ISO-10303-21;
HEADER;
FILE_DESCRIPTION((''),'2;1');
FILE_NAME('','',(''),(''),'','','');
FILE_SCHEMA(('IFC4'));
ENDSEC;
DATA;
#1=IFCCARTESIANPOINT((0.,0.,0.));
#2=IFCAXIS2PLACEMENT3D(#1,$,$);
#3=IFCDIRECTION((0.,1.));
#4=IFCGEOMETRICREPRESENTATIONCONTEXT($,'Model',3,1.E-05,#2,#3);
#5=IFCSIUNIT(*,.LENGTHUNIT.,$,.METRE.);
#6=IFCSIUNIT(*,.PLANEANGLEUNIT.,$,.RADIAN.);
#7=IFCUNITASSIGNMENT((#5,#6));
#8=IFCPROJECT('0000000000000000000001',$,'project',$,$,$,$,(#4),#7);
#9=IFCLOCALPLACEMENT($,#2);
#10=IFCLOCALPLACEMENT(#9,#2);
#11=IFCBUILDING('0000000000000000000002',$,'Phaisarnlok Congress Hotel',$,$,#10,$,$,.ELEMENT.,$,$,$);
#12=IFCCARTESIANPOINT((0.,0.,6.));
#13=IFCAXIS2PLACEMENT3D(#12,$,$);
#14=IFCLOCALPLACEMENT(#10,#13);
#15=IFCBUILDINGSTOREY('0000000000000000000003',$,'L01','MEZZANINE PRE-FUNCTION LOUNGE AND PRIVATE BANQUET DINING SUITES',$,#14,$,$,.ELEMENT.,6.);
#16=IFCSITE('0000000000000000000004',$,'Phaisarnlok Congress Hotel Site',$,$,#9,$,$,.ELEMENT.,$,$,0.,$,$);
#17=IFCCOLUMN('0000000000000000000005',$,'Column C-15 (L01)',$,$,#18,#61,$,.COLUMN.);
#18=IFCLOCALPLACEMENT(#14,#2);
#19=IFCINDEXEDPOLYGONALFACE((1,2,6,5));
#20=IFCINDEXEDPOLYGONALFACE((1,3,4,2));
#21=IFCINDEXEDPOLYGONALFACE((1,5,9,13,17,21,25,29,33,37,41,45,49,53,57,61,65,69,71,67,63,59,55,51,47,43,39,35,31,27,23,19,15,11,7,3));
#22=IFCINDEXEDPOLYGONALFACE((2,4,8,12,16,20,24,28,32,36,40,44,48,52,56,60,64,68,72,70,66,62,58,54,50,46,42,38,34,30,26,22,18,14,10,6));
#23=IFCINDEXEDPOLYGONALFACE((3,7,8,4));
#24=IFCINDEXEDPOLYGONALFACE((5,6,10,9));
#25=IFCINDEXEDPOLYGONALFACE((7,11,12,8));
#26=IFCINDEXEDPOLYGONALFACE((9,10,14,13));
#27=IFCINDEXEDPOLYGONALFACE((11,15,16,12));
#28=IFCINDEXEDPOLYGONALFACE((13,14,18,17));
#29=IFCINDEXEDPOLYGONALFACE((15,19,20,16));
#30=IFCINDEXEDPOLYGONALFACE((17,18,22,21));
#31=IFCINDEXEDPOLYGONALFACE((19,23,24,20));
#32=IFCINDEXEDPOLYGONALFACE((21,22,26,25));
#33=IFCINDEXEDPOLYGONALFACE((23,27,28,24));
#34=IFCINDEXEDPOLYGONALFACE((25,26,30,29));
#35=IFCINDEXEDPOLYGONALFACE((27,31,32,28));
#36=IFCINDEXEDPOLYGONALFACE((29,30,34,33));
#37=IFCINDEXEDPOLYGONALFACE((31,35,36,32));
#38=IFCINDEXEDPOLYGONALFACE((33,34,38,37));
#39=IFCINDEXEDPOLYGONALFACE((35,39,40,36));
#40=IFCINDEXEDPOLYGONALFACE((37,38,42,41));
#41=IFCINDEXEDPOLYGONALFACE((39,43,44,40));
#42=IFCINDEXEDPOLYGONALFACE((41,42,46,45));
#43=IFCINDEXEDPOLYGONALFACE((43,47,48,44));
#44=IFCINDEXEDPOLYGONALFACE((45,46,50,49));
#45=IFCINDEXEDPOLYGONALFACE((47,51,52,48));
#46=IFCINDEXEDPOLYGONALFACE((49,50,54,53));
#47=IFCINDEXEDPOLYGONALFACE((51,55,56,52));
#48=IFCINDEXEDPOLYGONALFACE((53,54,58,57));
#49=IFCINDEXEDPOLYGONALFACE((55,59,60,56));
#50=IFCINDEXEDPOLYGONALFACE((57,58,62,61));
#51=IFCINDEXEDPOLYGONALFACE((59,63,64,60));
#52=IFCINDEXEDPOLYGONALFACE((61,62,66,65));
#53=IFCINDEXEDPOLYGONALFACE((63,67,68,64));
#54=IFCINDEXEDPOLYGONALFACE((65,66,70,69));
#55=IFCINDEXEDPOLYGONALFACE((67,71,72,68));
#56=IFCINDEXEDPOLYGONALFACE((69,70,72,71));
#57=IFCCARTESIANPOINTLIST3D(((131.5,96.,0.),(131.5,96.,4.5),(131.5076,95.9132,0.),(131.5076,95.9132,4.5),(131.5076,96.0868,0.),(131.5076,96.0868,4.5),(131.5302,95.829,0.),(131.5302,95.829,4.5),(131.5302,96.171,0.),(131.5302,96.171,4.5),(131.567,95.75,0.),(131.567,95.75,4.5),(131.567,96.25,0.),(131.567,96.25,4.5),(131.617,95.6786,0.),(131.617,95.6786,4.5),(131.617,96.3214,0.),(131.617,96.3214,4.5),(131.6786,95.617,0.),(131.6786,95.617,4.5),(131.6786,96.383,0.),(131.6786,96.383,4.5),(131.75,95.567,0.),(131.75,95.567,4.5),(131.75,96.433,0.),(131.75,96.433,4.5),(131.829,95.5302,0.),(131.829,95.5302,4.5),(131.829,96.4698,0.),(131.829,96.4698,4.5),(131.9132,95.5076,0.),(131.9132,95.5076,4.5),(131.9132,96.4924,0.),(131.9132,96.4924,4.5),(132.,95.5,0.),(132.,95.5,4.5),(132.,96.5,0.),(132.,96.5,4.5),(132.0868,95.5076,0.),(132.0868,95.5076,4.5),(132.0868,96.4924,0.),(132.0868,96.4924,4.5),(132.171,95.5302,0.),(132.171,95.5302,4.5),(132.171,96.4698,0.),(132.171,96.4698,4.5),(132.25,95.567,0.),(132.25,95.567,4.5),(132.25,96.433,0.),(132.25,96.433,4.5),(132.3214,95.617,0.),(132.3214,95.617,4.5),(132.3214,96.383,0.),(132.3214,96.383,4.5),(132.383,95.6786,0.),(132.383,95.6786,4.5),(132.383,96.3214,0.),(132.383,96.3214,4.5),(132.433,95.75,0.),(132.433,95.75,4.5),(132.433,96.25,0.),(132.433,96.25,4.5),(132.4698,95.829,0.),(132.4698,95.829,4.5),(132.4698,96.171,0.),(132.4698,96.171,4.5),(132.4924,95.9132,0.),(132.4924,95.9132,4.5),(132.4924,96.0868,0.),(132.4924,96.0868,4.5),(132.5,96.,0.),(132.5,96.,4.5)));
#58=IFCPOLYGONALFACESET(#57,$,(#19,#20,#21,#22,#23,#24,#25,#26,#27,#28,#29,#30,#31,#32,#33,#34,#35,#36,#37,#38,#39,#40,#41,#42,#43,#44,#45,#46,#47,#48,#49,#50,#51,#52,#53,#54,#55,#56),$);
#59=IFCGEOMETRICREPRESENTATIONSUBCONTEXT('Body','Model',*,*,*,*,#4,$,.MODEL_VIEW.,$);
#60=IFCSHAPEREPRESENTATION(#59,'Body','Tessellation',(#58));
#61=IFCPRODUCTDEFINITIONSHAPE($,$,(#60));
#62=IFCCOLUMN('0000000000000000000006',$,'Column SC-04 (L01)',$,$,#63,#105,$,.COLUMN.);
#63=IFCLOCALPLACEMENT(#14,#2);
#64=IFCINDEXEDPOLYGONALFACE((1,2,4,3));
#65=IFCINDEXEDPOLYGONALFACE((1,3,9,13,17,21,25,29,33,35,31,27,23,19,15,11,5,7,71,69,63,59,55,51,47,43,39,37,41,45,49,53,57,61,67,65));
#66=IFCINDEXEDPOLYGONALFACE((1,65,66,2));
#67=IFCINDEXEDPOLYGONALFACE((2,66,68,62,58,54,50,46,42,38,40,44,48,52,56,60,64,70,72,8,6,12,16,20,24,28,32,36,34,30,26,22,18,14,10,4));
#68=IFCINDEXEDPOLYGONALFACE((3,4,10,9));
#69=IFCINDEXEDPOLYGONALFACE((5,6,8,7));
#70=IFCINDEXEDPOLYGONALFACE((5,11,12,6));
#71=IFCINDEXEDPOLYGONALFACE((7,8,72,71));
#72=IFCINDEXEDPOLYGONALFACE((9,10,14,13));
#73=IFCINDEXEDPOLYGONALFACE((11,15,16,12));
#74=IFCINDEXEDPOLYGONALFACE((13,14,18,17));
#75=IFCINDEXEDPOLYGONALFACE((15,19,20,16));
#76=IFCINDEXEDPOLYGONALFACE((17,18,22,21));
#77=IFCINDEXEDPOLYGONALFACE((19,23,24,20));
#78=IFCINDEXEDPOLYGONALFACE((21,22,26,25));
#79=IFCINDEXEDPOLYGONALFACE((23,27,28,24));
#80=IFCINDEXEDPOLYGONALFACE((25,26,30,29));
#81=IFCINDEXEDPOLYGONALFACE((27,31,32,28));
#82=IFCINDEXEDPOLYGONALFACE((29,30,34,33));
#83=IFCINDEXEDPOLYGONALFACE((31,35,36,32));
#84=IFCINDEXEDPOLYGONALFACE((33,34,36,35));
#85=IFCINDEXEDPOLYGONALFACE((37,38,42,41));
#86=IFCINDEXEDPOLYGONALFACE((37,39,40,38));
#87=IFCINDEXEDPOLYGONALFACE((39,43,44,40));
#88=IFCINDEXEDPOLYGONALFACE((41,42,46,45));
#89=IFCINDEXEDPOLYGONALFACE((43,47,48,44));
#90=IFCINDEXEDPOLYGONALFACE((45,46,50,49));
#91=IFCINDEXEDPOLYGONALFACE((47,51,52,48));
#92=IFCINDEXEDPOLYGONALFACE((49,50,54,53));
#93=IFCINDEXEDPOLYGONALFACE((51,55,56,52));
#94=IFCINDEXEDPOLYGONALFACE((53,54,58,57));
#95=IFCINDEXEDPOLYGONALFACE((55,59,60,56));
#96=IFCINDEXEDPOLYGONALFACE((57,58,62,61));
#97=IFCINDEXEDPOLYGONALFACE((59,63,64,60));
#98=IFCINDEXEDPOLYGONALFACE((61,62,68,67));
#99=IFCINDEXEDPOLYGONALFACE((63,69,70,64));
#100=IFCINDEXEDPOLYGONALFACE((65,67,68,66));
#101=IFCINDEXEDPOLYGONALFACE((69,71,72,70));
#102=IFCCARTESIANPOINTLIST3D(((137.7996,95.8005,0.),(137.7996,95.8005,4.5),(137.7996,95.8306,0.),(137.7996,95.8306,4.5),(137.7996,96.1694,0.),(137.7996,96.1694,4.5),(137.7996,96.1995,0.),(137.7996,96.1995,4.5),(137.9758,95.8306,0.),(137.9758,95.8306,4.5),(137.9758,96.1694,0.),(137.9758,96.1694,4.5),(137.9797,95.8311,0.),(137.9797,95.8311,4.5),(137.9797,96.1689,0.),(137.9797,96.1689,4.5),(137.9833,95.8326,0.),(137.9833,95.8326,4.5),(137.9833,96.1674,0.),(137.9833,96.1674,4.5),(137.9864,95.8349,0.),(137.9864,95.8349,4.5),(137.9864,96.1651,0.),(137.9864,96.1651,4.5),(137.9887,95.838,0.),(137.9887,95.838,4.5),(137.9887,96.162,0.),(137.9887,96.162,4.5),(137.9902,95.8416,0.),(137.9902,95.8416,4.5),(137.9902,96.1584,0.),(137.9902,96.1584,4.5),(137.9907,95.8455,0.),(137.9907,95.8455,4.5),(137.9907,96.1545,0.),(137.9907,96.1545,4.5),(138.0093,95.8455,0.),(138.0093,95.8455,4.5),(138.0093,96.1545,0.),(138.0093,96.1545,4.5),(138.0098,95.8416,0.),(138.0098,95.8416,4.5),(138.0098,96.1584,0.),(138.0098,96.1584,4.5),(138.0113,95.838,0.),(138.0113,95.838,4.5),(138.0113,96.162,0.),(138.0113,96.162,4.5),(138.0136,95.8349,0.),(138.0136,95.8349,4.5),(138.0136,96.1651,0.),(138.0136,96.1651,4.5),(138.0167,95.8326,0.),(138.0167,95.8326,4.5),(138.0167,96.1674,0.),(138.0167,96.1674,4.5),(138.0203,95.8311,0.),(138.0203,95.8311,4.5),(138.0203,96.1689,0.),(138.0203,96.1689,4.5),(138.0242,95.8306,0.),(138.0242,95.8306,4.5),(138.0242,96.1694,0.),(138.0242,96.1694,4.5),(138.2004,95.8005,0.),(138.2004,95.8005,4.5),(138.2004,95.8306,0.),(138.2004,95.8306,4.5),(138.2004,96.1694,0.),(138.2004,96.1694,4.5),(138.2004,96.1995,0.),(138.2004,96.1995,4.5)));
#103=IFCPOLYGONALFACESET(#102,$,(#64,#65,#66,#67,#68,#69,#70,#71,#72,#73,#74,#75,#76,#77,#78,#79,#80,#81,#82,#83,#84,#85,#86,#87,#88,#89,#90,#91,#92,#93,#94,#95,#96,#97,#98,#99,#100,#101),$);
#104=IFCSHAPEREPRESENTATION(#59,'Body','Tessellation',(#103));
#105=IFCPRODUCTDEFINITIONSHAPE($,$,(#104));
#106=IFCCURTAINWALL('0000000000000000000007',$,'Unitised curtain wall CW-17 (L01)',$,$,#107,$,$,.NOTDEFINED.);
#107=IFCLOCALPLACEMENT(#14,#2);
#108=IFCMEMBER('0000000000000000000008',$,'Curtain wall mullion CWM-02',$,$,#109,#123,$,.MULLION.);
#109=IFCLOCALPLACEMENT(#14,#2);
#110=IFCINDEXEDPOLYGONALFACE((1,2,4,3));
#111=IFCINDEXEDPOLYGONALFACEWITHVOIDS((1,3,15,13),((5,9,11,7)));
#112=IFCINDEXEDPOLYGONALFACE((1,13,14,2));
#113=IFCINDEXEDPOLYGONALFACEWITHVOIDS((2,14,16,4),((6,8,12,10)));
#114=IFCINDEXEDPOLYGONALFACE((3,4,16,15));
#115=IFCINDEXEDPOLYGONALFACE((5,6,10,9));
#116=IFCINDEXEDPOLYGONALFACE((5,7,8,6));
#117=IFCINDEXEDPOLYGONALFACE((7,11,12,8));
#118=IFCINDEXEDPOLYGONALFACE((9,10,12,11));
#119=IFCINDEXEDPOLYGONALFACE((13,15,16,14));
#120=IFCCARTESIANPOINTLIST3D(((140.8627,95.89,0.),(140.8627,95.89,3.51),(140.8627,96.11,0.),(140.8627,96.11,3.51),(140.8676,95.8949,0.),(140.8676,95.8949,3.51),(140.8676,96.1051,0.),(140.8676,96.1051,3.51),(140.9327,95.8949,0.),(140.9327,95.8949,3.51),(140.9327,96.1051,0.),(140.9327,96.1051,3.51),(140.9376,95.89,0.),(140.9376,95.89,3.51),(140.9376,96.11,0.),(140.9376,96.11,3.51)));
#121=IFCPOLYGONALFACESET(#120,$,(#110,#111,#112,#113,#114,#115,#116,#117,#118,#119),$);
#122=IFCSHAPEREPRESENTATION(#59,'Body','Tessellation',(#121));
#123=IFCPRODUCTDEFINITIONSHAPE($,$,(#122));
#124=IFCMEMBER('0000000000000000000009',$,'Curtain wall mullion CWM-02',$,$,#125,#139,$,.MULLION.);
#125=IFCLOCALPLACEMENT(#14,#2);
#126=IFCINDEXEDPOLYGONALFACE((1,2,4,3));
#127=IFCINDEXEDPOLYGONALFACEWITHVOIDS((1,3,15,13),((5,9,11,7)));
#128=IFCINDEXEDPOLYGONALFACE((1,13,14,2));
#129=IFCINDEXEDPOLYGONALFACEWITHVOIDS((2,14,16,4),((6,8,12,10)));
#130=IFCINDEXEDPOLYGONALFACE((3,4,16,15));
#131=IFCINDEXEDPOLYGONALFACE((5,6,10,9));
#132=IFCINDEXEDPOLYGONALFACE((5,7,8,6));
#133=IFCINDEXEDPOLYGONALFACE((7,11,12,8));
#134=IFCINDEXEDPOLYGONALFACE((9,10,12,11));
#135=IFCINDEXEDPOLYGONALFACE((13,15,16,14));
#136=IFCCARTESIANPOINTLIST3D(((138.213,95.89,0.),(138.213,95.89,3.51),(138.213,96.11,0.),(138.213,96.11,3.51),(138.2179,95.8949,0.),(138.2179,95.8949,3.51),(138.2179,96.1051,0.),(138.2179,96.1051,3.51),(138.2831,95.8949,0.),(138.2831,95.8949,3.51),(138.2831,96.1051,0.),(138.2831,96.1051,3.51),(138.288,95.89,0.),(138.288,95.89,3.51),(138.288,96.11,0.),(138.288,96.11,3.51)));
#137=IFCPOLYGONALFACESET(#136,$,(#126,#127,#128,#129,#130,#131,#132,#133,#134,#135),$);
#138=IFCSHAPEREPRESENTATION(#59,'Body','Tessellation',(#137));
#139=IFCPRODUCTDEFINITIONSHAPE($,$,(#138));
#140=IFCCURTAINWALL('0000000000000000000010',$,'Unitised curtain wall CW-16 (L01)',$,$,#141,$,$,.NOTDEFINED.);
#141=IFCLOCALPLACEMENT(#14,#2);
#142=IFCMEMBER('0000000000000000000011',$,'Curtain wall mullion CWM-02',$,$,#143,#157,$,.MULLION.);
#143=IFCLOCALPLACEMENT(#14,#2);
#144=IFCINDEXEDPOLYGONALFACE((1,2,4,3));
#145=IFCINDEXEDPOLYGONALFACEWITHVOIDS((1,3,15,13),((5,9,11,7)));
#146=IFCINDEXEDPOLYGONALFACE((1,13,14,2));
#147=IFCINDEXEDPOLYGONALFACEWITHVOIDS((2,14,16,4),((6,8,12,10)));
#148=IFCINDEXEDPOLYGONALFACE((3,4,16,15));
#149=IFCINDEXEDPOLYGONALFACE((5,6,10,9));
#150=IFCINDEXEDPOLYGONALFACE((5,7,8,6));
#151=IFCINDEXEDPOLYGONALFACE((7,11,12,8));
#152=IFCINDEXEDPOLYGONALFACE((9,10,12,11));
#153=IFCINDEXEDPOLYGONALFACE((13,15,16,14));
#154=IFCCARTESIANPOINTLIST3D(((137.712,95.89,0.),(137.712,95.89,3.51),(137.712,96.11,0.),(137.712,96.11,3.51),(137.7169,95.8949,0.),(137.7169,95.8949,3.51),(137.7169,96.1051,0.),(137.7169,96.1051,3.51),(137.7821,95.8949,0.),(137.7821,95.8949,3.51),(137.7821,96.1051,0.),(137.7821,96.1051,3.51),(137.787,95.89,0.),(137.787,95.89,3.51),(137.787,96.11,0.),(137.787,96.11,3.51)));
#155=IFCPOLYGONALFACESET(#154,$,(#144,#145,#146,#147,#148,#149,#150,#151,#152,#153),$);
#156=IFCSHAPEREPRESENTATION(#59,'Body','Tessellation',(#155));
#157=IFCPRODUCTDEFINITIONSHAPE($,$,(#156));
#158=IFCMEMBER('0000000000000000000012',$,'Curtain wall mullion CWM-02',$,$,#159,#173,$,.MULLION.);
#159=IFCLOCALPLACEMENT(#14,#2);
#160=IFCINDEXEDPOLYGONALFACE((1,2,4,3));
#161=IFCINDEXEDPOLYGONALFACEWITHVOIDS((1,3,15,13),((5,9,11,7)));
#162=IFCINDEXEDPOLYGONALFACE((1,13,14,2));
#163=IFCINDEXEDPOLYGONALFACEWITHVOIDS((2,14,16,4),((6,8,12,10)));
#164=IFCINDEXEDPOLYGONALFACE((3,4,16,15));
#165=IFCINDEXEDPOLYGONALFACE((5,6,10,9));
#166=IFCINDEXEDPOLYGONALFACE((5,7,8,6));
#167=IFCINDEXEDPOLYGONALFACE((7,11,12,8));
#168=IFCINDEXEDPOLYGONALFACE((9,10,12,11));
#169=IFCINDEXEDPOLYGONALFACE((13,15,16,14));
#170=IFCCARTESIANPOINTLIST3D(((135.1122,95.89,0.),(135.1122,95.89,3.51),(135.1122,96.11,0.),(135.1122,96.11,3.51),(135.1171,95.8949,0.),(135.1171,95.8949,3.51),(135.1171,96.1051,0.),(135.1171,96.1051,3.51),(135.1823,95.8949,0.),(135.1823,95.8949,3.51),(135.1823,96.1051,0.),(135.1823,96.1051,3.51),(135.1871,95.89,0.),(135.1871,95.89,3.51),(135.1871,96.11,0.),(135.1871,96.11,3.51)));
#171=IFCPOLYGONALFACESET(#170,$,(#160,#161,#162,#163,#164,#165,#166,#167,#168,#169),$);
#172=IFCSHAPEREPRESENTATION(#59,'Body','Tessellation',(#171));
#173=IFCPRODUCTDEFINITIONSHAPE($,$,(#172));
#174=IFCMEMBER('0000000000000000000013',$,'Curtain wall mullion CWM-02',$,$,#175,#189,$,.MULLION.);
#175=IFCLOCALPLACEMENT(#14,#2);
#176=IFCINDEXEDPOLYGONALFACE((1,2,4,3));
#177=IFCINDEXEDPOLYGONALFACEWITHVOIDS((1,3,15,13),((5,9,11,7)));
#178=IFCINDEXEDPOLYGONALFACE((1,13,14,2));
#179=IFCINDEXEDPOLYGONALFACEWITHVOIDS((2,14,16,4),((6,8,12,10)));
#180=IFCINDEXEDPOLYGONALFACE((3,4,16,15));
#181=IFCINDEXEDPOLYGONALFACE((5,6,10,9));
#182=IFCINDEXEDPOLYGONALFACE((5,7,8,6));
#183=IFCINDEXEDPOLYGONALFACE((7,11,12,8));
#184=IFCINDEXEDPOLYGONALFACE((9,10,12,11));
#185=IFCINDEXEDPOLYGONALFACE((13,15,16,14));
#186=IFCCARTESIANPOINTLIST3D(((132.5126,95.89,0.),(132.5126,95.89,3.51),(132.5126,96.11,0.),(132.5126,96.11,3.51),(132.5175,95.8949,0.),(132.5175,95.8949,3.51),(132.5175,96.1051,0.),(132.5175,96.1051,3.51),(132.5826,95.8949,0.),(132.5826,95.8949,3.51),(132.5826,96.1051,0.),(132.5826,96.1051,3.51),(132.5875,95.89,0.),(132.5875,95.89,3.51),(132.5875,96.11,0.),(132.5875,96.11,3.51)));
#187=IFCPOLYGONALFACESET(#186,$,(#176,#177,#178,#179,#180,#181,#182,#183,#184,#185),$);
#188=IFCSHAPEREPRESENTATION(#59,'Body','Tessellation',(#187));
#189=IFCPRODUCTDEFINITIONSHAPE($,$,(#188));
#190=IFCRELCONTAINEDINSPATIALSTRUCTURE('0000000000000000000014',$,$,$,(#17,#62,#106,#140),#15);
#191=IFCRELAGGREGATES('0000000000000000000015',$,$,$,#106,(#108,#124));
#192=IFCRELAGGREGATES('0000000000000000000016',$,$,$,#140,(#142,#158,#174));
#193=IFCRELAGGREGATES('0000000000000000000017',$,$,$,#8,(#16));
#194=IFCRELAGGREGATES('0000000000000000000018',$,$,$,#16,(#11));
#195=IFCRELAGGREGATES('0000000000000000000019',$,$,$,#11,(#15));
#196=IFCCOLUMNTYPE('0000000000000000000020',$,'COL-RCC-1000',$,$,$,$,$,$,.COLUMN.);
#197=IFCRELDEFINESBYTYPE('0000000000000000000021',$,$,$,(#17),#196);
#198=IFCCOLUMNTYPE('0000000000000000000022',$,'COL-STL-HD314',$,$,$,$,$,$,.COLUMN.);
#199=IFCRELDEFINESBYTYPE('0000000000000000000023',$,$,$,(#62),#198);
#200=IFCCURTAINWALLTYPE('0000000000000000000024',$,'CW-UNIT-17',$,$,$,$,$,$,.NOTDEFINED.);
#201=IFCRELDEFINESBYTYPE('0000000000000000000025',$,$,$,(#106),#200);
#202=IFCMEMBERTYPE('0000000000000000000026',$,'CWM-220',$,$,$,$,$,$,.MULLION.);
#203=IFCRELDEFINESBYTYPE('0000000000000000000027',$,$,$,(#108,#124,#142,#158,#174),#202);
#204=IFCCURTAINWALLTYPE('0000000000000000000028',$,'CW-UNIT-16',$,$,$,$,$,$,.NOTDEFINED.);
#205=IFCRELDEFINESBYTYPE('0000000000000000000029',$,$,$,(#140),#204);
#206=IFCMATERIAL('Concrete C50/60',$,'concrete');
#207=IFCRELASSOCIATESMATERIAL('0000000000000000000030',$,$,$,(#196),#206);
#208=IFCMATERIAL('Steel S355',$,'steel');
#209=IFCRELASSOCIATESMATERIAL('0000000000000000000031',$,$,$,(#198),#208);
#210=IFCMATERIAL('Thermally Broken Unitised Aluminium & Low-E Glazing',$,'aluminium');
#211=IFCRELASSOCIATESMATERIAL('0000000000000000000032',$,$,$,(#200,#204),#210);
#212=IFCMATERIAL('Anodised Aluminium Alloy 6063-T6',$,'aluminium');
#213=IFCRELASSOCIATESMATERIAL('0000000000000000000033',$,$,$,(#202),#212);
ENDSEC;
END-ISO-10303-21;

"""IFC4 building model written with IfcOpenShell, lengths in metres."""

from ifc_helpers import new_model, si_unit, direction, frame, origin, origin_2d, place, context, subcontext, project, spatial, hollow_rectangle, circle, i_section, extrude, material, material_profile, profile_set, type_object, element, aggregate, save


model = new_model("IFC4")

# Units and contexts
model_context = context("Model", 3, precision=1e-05, world=origin(), true_north=direction((0.0, 1.0)))
body_context = subcontext(model_context, "Body", "Model", "MODEL_VIEW")
ifc_project = project(units=[si_unit("LENGTHUNIT", "METRE"), si_unit("PLANEANGLEUNIT", "RADIAN")], contexts=[model_context])

# Site, building, storey
site_placement = place(None, origin())
site = spatial("IfcSite", under=ifc_project, at=site_placement, Name="Phaisarnlok Congress Hotel Site", CompositionType="ELEMENT", RefElevation=0.0)
building_placement = place(site_placement, origin())
building = spatial("IfcBuilding", under=site, at=building_placement, Name="Phaisarnlok Congress Hotel", CompositionType="ELEMENT")
storey_placement = place(building_placement, frame((0.0, 0.0, 6.0)))
storey = spatial("IfcBuildingStorey", under=building, at=storey_placement, Name="L01", Description="MEZZANINE PRE-FUNCTION LOUNGE AND PRIVATE BANQUET DINING SUITES", CompositionType="ELEMENT", Elevation=6.0)

# Columns
ifc_material_1 = material(Name="Concrete C50/60", Category="concrete")
ifc_material_profile_1 = material_profile(ifc_material_1, circle(Radius=0.5, at=origin_2d()), Name="RCC D1000")
ifc_profile_set_1 = profile_set([ifc_material_profile_1], Name="Concrete C50/60")
column_type_1 = type_object("IfcColumnType", Name="COL-RCC-1000", PredefinedType="COLUMN", material=ifc_profile_set_1)
column_1_placement = place(storey_placement, frame((132.0, 96.0, 0.0), z_axis=(0.0, 0.0, 1.0), x_axis=(1.0, 0.0, 0.0)))
element("IfcColumn", 1, at=column_1_placement, inside=storey, type_object=column_type_1, Name="Column C-15 (L01)", PredefinedType="COLUMN", context=body_context, shape_type="SweptSolid", body=[
    extrude(circle(Radius=0.5, at=origin_2d()), origin(), (0.0, 0.0, 1.0), 4.5),
])
ifc_material_2 = material(Name="Steel S355", Category="steel")
ifc_material_profile_2 = material_profile(ifc_material_2, i_section(OverallWidth=0.4009, OverallDepth=0.3989, WebThickness=0.0186, FlangeThickness=0.03, FilletRadius=0.0149, at=origin_2d()), Name="HD 400x314")
ifc_profile_set_2 = profile_set([ifc_material_profile_2], Name="Steel S355")
column_type_2 = type_object("IfcColumnType", Name="COL-STL-HD314", PredefinedType="COLUMN", material=ifc_profile_set_2)
column_2_placement = place(storey_placement, frame((138.0, 96.0, 0.0), z_axis=(0.0, 0.0, 1.0), x_axis=(1.0, 0.0, 0.0)))
element("IfcColumn", 2, at=column_2_placement, inside=storey, type_object=column_type_2, Name="Column SC-04 (L01)", PredefinedType="COLUMN", context=body_context, shape_type="SweptSolid", body=[
    extrude(i_section(OverallWidth=0.4009, OverallDepth=0.3989, WebThickness=0.0186, FlangeThickness=0.03, FilletRadius=0.0149, at=origin_2d()), origin(), (0.0, 0.0, 1.0), 4.5),
])

# Curtain walls, members
ifc_material_3 = material(Name="Thermally Broken Unitised Aluminium & Low-E Glazing", Category="aluminium")
curtain_wall_type_1 = type_object("IfcCurtainWallType", Name="CW-UNIT-17", PredefinedType="NOTDEFINED", material=ifc_material_3)
curtain_wall_1_placement = place(storey_placement, origin())
curtain_wall_1 = element("IfcCurtainWall", 3, at=curtain_wall_1_placement, inside=storey, type_object=curtain_wall_type_1, Name="Unitised curtain wall CW-17 (L01)", PredefinedType="NOTDEFINED")
ifc_material_4 = material(Name="Anodised Aluminium Alloy 6063-T6", Category="aluminium")
ifc_material_profile_3 = material_profile(ifc_material_4, hollow_rectangle(XDim=0.075, YDim=0.22, WallThickness=0.0049, at=origin_2d()), Name="ALU-M 75x220x5")
ifc_profile_set_3 = profile_set([ifc_material_profile_3], Name="Anodised Aluminium Alloy 6063-T6")
member_type_1 = type_object("IfcMemberType", Name="CWM-220", PredefinedType="MULLION", material=ifc_profile_set_3)
member_1_placement = place(storey_placement, frame((140.9001, 96.0, 0.0), z_axis=(0.0, 0.0, 1.0), x_axis=(-1.0, 0.0, 0.0)))
member_1 = element("IfcMember", 4, at=member_1_placement, type_object=member_type_1, Name="Curtain wall mullion CWM-02", PredefinedType="MULLION", context=body_context, shape_type="SweptSolid", body=[
    extrude(hollow_rectangle(XDim=0.075, YDim=0.22, WallThickness=0.0049, at=origin_2d()), origin(), (0.0, 0.0, 1.0), 3.51),
])
member_2_placement = place(storey_placement, frame((138.2505, 96.0, 0.0), z_axis=(0.0, 0.0, 1.0), x_axis=(-1.0, 0.0, 0.0)))
member_2 = element("IfcMember", 5, at=member_2_placement, type_object=member_type_1, Name="Curtain wall mullion CWM-02", PredefinedType="MULLION", context=body_context, shape_type="SweptSolid", body=[
    extrude(hollow_rectangle(XDim=0.075, YDim=0.22, WallThickness=0.0049, at=origin_2d()), origin(), (0.0, 0.0, 1.0), 3.51),
])
curtain_wall_type_2 = type_object("IfcCurtainWallType", Name="CW-UNIT-16", PredefinedType="NOTDEFINED", material=ifc_material_3)
curtain_wall_2_placement = place(storey_placement, origin())
curtain_wall_2 = element("IfcCurtainWall", 6, at=curtain_wall_2_placement, inside=storey, type_object=curtain_wall_type_2, Name="Unitised curtain wall CW-16 (L01)", PredefinedType="NOTDEFINED")
member_3_placement = place(storey_placement, frame((137.7495, 96.0, 0.0), z_axis=(0.0, 0.0, 1.0), x_axis=(-1.0, 0.0, 0.0)))
member_3 = element("IfcMember", 7, at=member_3_placement, type_object=member_type_1, Name="Curtain wall mullion CWM-02", PredefinedType="MULLION", context=body_context, shape_type="SweptSolid", body=[
    extrude(hollow_rectangle(XDim=0.075, YDim=0.22, WallThickness=0.0049, at=origin_2d()), origin(), (0.0, 0.0, 1.0), 3.51),
])
member_4_placement = place(storey_placement, frame((135.1497, 96.0, 0.0), z_axis=(0.0, 0.0, 1.0), x_axis=(-1.0, 0.0, 0.0)))
member_4 = element("IfcMember", 8, at=member_4_placement, type_object=member_type_1, Name="Curtain wall mullion CWM-02", PredefinedType="MULLION", context=body_context, shape_type="SweptSolid", body=[
    extrude(hollow_rectangle(XDim=0.075, YDim=0.22, WallThickness=0.0049, at=origin_2d()), origin(), (0.0, 0.0, 1.0), 3.51),
])
member_5_placement = place(storey_placement, frame((132.55, 96.0, 0.0), z_axis=(0.0, 0.0, 1.0), x_axis=(-1.0, 0.0, 0.0)))
member_5 = element("IfcMember", 9, at=member_5_placement, type_object=member_type_1, Name="Curtain wall mullion CWM-02", PredefinedType="MULLION", context=body_context, shape_type="SweptSolid", body=[
    extrude(hollow_rectangle(XDim=0.075, YDim=0.22, WallThickness=0.0049, at=origin_2d()), origin(), (0.0, 0.0, 1.0), 3.51),
])

aggregate(curtain_wall_1, [member_1, member_2])
aggregate(curtain_wall_2, [member_3, member_4, member_5])

save(model, "model.ifc")
